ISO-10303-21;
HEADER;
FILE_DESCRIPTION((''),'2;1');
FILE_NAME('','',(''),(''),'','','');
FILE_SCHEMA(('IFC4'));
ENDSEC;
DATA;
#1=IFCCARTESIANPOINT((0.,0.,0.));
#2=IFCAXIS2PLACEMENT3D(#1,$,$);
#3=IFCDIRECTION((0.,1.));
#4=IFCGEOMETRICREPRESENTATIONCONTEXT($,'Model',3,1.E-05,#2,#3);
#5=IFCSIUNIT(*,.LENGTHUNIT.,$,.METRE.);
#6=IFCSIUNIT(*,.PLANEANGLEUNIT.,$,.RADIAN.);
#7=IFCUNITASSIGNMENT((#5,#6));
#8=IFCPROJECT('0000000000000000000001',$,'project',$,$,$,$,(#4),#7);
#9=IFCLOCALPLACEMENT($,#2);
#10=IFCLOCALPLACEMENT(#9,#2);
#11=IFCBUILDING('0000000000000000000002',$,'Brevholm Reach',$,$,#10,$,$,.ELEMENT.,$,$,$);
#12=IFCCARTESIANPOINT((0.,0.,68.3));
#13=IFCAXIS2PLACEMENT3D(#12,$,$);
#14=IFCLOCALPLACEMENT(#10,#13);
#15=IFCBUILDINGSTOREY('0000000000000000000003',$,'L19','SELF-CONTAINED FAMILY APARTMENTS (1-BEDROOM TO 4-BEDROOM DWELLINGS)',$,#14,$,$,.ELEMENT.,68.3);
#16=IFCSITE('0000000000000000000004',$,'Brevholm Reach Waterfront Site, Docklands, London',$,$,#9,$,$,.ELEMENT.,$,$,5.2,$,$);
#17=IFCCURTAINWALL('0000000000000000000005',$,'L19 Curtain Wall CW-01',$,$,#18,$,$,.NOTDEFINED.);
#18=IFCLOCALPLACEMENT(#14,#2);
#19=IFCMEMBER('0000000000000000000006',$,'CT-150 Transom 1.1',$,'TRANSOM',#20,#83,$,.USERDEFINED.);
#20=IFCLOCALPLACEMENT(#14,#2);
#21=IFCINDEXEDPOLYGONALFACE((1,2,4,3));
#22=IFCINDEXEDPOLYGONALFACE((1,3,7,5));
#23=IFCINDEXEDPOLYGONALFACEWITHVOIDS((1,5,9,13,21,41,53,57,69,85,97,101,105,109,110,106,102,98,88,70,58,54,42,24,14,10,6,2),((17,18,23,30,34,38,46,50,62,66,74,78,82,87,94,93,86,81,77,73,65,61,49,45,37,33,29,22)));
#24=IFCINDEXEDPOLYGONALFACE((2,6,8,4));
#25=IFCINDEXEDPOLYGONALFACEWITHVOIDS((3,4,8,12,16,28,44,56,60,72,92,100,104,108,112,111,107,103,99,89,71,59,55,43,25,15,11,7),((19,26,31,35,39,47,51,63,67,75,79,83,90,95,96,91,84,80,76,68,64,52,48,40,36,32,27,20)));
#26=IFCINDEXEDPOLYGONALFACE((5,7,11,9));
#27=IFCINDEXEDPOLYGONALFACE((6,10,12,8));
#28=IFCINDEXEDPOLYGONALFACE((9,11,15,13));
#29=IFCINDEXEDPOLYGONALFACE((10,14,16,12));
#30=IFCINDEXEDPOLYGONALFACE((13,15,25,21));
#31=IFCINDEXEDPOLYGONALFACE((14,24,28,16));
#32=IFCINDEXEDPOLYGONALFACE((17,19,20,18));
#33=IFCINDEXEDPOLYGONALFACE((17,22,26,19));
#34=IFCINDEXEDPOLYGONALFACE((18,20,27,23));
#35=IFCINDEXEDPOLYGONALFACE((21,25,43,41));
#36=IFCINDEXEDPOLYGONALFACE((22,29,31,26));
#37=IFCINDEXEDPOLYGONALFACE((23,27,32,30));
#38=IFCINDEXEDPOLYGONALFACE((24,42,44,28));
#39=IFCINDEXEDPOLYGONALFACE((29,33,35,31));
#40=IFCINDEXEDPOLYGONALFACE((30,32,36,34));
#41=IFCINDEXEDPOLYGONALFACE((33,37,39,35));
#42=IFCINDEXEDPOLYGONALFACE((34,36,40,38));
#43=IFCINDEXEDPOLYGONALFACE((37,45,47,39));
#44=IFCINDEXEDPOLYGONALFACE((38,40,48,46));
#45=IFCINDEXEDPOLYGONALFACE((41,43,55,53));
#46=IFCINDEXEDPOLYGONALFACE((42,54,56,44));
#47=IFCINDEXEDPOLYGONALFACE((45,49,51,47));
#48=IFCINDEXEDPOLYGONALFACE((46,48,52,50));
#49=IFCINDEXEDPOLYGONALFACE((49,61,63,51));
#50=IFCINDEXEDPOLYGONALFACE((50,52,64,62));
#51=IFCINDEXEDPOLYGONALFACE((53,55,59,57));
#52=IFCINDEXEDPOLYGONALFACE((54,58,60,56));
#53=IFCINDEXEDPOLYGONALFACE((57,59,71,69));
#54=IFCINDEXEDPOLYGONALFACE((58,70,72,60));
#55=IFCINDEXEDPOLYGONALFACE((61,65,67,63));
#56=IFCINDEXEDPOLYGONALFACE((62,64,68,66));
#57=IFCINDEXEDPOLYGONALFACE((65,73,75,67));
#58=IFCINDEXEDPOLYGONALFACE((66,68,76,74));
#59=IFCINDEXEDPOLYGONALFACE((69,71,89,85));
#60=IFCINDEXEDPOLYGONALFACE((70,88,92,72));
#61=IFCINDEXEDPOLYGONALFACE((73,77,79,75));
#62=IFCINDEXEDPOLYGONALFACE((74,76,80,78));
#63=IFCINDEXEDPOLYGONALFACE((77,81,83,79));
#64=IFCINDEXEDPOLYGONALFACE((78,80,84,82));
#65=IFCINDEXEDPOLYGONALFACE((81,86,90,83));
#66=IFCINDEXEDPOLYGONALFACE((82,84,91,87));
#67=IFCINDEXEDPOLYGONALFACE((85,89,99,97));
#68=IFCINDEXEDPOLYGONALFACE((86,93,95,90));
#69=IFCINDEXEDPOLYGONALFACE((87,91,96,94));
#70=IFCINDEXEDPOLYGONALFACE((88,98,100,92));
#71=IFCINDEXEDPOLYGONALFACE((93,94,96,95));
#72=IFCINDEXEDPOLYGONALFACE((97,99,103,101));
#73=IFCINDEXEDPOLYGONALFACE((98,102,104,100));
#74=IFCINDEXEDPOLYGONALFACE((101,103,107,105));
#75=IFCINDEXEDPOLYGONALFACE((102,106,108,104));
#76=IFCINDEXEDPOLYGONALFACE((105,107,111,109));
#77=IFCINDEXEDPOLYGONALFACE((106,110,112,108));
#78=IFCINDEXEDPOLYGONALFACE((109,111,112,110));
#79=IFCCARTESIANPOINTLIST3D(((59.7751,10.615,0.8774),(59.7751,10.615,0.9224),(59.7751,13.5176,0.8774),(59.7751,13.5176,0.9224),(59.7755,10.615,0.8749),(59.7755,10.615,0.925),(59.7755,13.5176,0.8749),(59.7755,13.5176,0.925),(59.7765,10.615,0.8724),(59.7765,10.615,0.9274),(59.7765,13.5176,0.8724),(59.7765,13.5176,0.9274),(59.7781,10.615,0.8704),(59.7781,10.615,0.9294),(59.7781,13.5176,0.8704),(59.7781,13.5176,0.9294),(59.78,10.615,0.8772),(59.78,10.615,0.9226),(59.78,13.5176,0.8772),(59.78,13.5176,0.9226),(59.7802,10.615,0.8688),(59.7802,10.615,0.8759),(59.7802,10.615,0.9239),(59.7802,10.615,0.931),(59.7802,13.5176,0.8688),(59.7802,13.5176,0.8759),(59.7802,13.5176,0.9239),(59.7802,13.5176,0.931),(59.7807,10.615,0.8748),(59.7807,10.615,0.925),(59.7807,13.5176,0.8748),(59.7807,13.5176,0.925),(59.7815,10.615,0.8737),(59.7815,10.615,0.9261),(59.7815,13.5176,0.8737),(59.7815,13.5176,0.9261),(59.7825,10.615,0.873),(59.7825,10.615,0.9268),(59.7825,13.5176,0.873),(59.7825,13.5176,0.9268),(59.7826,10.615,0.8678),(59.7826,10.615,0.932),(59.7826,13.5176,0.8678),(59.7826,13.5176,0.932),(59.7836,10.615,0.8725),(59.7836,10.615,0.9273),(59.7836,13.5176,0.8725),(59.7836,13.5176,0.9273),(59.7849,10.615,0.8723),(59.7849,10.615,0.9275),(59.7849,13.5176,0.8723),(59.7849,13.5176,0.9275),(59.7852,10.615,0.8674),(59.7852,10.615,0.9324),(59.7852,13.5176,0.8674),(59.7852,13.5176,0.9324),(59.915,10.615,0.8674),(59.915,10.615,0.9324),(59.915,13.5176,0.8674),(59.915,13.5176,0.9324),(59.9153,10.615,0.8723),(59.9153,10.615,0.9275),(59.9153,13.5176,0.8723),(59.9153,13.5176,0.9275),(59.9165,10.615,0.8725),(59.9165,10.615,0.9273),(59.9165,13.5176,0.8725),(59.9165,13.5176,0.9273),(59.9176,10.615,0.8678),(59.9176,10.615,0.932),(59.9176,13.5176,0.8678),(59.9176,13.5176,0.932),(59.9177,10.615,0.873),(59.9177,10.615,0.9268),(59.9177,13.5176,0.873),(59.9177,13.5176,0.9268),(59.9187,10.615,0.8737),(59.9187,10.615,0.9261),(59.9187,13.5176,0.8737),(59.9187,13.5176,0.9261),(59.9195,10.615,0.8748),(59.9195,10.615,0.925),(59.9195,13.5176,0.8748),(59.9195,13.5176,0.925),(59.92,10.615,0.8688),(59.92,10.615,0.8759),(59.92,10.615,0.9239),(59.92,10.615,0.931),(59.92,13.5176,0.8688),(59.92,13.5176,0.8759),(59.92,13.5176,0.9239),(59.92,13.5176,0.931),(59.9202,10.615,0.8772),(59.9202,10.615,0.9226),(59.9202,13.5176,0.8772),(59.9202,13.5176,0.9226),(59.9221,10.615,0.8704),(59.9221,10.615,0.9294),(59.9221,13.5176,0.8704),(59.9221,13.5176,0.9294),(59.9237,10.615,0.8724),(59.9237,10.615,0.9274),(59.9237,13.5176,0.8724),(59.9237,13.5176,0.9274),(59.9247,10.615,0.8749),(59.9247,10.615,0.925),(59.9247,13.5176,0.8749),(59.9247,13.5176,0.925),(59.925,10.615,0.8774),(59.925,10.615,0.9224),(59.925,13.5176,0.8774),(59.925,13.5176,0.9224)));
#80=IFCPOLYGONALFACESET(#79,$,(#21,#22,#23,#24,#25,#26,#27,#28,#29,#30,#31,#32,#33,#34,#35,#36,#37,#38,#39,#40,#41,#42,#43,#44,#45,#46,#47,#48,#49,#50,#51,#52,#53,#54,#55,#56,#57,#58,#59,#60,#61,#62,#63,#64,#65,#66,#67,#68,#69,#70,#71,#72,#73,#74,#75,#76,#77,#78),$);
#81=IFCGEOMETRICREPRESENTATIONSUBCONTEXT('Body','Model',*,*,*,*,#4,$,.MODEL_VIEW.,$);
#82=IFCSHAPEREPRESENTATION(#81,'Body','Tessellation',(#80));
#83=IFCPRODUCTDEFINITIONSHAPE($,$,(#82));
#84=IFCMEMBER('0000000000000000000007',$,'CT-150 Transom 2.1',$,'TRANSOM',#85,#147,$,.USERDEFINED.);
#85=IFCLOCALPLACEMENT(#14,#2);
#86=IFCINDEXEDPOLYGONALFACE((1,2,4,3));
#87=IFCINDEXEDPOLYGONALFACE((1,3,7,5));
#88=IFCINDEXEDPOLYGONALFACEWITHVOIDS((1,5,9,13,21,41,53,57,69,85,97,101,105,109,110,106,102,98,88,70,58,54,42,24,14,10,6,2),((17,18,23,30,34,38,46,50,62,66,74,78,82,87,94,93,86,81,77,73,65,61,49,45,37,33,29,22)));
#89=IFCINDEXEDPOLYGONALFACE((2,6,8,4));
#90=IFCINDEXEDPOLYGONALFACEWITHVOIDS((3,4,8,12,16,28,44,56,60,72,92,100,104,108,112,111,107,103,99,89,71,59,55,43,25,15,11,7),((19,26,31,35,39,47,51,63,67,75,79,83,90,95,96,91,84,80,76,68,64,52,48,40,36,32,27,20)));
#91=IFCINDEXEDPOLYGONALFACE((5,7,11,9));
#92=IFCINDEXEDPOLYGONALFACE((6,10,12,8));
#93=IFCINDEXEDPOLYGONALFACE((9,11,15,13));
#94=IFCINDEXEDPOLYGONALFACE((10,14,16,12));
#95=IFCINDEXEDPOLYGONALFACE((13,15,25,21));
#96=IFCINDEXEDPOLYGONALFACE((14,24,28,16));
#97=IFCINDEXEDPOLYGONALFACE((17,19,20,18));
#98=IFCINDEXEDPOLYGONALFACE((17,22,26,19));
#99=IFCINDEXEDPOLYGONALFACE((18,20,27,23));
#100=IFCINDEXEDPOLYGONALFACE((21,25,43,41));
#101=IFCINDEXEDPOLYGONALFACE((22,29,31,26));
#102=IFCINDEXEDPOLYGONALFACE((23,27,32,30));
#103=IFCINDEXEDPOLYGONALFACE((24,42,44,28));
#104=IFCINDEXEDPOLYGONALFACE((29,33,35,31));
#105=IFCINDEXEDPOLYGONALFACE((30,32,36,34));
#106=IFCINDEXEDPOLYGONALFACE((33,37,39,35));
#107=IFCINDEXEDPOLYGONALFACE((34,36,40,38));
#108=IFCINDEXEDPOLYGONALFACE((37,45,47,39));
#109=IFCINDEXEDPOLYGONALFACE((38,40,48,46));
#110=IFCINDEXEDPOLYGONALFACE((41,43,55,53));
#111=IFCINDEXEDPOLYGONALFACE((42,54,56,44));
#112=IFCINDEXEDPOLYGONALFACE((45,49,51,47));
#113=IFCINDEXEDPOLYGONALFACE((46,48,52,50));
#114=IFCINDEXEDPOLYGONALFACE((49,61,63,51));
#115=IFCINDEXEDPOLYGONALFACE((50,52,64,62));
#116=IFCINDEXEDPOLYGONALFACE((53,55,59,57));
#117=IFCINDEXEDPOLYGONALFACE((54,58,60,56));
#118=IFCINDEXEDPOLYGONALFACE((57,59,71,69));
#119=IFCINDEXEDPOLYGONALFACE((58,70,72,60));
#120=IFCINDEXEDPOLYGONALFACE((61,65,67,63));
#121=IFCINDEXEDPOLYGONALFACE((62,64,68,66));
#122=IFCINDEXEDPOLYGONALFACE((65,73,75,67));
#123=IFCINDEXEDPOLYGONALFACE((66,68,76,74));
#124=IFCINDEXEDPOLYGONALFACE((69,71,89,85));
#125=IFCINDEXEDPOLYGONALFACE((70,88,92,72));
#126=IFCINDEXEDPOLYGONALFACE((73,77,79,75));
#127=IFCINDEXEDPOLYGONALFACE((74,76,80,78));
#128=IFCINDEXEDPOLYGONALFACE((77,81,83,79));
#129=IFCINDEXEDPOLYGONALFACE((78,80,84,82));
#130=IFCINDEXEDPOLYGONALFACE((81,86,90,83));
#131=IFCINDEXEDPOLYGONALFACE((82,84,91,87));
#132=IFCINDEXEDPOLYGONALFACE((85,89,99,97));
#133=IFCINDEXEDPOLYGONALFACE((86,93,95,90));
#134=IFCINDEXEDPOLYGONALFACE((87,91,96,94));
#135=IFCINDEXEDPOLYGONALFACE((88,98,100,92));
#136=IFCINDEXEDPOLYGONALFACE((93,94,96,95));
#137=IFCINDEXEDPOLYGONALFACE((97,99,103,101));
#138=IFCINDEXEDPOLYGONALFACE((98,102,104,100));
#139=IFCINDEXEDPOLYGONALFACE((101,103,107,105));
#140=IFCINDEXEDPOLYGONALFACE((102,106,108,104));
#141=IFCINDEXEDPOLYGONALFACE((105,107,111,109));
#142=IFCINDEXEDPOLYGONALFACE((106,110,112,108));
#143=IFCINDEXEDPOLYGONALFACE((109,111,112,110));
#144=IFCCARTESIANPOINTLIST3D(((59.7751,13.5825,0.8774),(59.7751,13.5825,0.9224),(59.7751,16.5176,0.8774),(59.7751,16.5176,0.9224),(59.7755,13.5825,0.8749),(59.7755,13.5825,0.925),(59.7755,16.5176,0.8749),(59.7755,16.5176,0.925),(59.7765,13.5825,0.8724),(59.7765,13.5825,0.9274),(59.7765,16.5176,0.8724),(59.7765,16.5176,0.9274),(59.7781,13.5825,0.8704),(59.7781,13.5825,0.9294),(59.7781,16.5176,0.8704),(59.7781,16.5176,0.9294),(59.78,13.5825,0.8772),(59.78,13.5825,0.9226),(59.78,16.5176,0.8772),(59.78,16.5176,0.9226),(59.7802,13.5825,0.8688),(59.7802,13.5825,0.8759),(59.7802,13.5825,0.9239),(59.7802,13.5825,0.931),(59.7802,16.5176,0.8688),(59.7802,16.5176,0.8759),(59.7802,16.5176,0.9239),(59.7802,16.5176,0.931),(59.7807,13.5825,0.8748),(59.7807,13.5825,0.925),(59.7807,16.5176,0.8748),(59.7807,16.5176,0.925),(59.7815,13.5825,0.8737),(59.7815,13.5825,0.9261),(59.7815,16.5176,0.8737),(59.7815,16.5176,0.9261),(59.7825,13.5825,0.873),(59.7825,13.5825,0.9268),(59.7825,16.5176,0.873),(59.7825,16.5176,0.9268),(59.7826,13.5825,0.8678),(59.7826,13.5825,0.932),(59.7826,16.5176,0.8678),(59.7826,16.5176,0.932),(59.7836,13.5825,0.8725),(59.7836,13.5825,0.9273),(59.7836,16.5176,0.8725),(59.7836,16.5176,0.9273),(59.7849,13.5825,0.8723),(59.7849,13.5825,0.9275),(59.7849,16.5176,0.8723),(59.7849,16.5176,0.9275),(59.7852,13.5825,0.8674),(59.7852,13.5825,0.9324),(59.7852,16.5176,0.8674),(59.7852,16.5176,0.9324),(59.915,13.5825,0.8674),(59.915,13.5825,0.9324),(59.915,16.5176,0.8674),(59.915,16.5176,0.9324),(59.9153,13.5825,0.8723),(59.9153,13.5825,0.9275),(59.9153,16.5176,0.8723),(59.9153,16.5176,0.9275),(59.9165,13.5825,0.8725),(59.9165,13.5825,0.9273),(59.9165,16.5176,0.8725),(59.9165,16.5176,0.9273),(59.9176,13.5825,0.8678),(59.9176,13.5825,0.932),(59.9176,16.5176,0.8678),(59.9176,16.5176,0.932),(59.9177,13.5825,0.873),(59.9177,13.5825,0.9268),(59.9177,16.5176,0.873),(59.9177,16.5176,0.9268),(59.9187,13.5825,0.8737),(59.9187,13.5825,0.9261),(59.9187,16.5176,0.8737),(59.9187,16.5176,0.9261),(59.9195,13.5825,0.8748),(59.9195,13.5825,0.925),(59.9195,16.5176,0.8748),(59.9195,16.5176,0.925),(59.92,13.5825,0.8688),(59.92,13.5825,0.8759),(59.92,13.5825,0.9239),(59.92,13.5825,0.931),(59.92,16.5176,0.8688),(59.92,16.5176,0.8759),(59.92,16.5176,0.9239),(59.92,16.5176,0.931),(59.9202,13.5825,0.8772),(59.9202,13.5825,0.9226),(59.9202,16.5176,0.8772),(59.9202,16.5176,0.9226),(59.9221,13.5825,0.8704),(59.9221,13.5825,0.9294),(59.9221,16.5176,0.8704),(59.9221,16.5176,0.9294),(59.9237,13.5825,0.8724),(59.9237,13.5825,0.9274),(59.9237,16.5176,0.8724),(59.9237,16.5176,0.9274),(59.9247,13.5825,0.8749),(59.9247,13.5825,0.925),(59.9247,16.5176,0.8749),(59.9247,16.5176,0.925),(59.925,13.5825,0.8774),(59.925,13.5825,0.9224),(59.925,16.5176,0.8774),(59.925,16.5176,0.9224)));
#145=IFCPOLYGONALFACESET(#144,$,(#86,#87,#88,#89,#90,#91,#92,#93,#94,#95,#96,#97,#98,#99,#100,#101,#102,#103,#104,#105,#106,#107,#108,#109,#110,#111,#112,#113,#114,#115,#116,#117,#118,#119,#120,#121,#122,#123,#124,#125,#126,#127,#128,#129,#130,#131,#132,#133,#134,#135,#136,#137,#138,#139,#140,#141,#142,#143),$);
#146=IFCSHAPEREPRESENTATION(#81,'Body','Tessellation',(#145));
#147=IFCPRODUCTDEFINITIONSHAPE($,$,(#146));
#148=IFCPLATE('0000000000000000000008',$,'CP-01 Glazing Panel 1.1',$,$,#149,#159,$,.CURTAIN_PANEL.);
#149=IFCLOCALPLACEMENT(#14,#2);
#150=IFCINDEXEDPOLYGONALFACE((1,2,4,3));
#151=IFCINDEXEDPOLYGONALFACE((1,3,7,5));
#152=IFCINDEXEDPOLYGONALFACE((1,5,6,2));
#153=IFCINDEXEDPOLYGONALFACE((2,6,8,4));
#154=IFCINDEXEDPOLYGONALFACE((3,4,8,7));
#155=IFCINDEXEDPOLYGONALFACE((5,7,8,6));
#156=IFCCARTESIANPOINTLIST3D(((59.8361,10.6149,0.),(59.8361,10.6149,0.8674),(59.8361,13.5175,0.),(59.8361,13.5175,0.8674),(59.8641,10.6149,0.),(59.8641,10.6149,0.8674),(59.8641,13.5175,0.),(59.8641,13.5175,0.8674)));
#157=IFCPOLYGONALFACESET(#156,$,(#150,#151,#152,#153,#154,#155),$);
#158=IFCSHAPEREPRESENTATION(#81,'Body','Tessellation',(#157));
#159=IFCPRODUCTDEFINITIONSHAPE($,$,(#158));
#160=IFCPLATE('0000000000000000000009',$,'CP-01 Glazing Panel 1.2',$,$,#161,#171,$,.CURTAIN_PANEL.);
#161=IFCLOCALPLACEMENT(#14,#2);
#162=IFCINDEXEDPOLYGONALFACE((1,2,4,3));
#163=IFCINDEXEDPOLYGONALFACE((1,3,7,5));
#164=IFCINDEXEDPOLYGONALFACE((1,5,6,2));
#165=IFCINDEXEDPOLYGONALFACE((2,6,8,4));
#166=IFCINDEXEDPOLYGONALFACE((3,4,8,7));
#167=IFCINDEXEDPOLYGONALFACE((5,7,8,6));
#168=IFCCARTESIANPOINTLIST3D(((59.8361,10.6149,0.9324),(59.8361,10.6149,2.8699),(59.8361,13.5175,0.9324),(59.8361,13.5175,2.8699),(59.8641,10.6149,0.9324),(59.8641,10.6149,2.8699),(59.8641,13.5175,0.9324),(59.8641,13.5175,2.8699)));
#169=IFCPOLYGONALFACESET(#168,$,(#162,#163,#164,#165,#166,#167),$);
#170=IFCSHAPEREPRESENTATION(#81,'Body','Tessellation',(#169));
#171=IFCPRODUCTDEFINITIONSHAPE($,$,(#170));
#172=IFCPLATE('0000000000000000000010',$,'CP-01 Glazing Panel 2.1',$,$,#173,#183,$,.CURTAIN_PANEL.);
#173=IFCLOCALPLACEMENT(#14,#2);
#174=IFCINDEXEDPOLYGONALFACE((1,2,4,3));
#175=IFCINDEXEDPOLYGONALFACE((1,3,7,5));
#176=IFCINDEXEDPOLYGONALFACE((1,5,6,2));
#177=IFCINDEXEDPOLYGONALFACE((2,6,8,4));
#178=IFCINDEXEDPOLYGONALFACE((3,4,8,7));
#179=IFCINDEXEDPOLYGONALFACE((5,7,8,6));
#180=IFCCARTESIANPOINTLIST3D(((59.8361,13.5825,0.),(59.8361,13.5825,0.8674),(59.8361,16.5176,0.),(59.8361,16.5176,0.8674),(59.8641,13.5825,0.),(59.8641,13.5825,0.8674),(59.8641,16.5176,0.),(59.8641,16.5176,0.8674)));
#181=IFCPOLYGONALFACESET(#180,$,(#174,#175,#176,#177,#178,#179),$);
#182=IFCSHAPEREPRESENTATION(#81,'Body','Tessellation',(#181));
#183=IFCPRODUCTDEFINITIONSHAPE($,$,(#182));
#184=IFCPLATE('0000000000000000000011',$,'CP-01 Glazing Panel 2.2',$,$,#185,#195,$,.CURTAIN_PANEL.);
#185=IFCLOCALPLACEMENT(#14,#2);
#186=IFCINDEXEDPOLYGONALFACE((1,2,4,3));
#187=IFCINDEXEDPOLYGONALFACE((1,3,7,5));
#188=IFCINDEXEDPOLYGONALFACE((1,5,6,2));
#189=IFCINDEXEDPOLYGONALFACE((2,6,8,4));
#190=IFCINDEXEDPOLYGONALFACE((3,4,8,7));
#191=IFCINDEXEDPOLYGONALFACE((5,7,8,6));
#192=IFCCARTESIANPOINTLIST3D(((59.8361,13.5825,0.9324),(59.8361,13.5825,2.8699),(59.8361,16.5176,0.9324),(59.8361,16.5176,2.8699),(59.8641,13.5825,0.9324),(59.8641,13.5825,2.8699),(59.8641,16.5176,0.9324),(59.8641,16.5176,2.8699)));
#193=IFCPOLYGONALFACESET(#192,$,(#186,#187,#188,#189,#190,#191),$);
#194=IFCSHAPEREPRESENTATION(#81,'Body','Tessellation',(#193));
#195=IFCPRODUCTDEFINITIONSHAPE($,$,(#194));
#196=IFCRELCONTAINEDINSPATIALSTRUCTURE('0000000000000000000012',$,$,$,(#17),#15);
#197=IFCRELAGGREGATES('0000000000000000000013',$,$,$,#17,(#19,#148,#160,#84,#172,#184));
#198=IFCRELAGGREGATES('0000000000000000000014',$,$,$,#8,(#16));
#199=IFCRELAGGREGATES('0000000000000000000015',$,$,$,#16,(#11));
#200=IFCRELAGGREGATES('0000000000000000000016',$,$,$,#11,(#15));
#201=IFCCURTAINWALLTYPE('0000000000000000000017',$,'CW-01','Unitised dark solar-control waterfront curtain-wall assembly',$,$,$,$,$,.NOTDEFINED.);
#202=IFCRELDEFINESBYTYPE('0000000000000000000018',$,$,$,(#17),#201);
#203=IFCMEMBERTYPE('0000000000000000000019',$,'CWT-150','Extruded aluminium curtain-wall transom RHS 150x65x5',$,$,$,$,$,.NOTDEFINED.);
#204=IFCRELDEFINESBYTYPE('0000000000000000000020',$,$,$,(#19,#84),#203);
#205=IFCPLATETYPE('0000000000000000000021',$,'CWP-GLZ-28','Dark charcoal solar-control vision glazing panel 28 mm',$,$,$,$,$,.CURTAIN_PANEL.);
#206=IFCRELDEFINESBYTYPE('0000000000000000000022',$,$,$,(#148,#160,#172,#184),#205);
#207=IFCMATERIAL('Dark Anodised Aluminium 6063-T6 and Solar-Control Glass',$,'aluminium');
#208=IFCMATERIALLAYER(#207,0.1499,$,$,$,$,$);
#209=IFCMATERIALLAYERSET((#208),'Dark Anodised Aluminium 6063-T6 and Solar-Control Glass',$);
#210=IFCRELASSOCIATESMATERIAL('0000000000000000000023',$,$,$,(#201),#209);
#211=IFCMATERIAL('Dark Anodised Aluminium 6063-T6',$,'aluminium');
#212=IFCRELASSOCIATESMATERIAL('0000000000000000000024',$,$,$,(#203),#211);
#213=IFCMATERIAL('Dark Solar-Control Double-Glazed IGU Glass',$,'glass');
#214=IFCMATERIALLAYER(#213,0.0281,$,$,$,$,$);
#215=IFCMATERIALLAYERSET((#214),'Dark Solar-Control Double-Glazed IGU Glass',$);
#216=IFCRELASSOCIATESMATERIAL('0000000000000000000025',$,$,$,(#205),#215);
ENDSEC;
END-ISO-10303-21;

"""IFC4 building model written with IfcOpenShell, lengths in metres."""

from ifc_helpers import new_model, si_unit, direction, frame, origin, origin_2d, place, context, subcontext, project, spatial, rectangle, hollow_rectangle, extrude, material, layer, layer_set, material_profile, profile_set, type_object, element, aggregate, save


model = new_model("IFC4")

# Units and contexts
model_context = context("Model", 3, precision=1e-05, world=origin(), true_north=direction((0.0, 1.0)))
body_context = subcontext(model_context, "Body", "Model", "MODEL_VIEW")
ifc_project = project(units=[si_unit("LENGTHUNIT", "METRE"), si_unit("PLANEANGLEUNIT", "RADIAN")], contexts=[model_context])

# Site, building, storey
site_placement = place(None, origin())
site = spatial("IfcSite", under=ifc_project, at=site_placement, Name="Brevholm Reach Waterfront Site, Docklands, London", CompositionType="ELEMENT", RefElevation=5.2)
building_placement = place(site_placement, origin())
building = spatial("IfcBuilding", under=site, at=building_placement, Name="Brevholm Reach", CompositionType="ELEMENT")
storey_placement = place(building_placement, frame((0.0, 0.0, 68.3)))
storey = spatial("IfcBuildingStorey", under=building, at=storey_placement, Name="L19", Description="SELF-CONTAINED FAMILY APARTMENTS (1-BEDROOM TO 4-BEDROOM DWELLINGS)", CompositionType="ELEMENT", Elevation=68.3)

# Curtain wall, members, plates
ifc_material_1 = material(Name="Dark Anodised Aluminium 6063-T6 and Solar-Control Glass", Category="aluminium")
ifc_layer_1 = layer(ifc_material_1, 0.1499)
ifc_layer_set_1 = layer_set([ifc_layer_1], Name="Dark Anodised Aluminium 6063-T6 and Solar-Control Glass")
curtain_wall_type = type_object("IfcCurtainWallType", Name="CW-01", Description="Unitised dark solar-control waterfront curtain-wall assembly", PredefinedType="NOTDEFINED", material=ifc_layer_set_1)
curtain_wall_placement = place(storey_placement, origin())
curtain_wall = element("IfcCurtainWall", 1, at=curtain_wall_placement, inside=storey, type_object=curtain_wall_type, Name="L19 Curtain Wall CW-01", PredefinedType="NOTDEFINED")
ifc_material_2 = material(Name="Dark Anodised Aluminium 6063-T6", Category="aluminium")
ifc_material_profile_1 = material_profile(ifc_material_2, hollow_rectangle(XDim=0.0649, YDim=0.1499, WallThickness=0.0049, InnerFilletRadius=0.0049, OuterFilletRadius=0.01, at=origin_2d()), Name="RHS 150x65x5")
ifc_profile_set_1 = profile_set([ifc_material_profile_1], Name="Dark Anodised Aluminium 6063-T6")
member_type_1 = type_object("IfcMemberType", Name="CWT-150", Description="Extruded aluminium curtain-wall transom RHS 150x65x5", PredefinedType="NOTDEFINED", material=ifc_profile_set_1)
member_1_placement = place(storey_placement, frame((59.8501, 10.615, 0.8999), z_axis=(0.0, 1.0, 0.0), x_axis=(0.0, 0.0, 1.0)))
member_1 = element("IfcMember", 2, at=member_1_placement, type_object=member_type_1, Name="CT-150 Transom 1.1", ObjectType="TRANSOM", PredefinedType="USERDEFINED", context=body_context, shape_type="SweptSolid", body=[
    extrude(hollow_rectangle(XDim=0.0649, YDim=0.1499, WallThickness=0.0049, InnerFilletRadius=0.0049, OuterFilletRadius=0.01, at=origin_2d()), origin(), (0.0, 0.0, 1.0), 2.9026),
])
member_2_placement = place(storey_placement, frame((59.8501, 13.5825, 0.8999), z_axis=(0.0, 1.0, 0.0), x_axis=(0.0, 0.0, 1.0)))
member_2 = element("IfcMember", 3, at=member_2_placement, type_object=member_type_1, Name="CT-150 Transom 2.1", ObjectType="TRANSOM", PredefinedType="USERDEFINED", context=body_context, shape_type="SweptSolid", body=[
    extrude(hollow_rectangle(XDim=0.0649, YDim=0.1499, WallThickness=0.0049, InnerFilletRadius=0.0049, OuterFilletRadius=0.01, at=origin_2d()), origin(), (0.0, 0.0, 1.0), 2.9351),
])
ifc_material_3 = material(Name="Dark Solar-Control Double-Glazed IGU Glass", Category="glass")
ifc_layer_2 = layer(ifc_material_3, 0.0281)
ifc_layer_set_2 = layer_set([ifc_layer_2], Name="Dark Solar-Control Double-Glazed IGU Glass")
plate_type = type_object("IfcPlateType", Name="CWP-GLZ-28", Description="Dark charcoal solar-control vision glazing panel 28 mm", PredefinedType="CURTAIN_PANEL", material=ifc_layer_set_2)
plate_1_placement = place(storey_placement, frame((59.8501, 12.0662, 0.0), z_axis=(0.0, 0.0, 1.0), x_axis=(0.0, 1.0, 0.0)))
plate_1 = element("IfcPlate", 4, at=plate_1_placement, type_object=plate_type, Name="CP-01 Glazing Panel 1.1", PredefinedType="CURTAIN_PANEL", context=body_context, shape_type="SweptSolid", body=[
    extrude(rectangle(XDim=2.9026, YDim=0.0281, at=origin_2d()), origin(), (0.0, 0.0, 1.0), 0.8674),
])
plate_2_placement = place(storey_placement, frame((59.8501, 12.0662, 0.9324), z_axis=(0.0, 0.0, 1.0), x_axis=(0.0, 1.0, 0.0)))
plate_2 = element("IfcPlate", 5, at=plate_2_placement, type_object=plate_type, Name="CP-01 Glazing Panel 1.2", PredefinedType="CURTAIN_PANEL", context=body_context, shape_type="SweptSolid", body=[
    extrude(rectangle(XDim=2.9026, YDim=0.0281, at=origin_2d()), origin(), (0.0, 0.0, 1.0), 1.9375),
])
plate_3_placement = place(storey_placement, frame((59.8501, 15.05, 0.0), z_axis=(0.0, 0.0, 1.0), x_axis=(0.0, 1.0, 0.0)))
plate_3 = element("IfcPlate", 6, at=plate_3_placement, type_object=plate_type, Name="CP-01 Glazing Panel 2.1", PredefinedType="CURTAIN_PANEL", context=body_context, shape_type="SweptSolid", body=[
    extrude(rectangle(XDim=2.9351, YDim=0.0281, at=origin_2d()), origin(), (0.0, 0.0, 1.0), 0.8674),
])
plate_4_placement = place(storey_placement, frame((59.8501, 15.05, 0.9324), z_axis=(0.0, 0.0, 1.0), x_axis=(0.0, 1.0, 0.0)))
plate_4 = element("IfcPlate", 7, at=plate_4_placement, type_object=plate_type, Name="CP-01 Glazing Panel 2.2", PredefinedType="CURTAIN_PANEL", context=body_context, shape_type="SweptSolid", body=[
    extrude(rectangle(XDim=2.9351, YDim=0.0281, at=origin_2d()), origin(), (0.0, 0.0, 1.0), 1.9375),
])
aggregate(curtain_wall, [member_1, plate_1, plate_2, member_2, plate_3, plate_4])

save(model, "model.ifc")
